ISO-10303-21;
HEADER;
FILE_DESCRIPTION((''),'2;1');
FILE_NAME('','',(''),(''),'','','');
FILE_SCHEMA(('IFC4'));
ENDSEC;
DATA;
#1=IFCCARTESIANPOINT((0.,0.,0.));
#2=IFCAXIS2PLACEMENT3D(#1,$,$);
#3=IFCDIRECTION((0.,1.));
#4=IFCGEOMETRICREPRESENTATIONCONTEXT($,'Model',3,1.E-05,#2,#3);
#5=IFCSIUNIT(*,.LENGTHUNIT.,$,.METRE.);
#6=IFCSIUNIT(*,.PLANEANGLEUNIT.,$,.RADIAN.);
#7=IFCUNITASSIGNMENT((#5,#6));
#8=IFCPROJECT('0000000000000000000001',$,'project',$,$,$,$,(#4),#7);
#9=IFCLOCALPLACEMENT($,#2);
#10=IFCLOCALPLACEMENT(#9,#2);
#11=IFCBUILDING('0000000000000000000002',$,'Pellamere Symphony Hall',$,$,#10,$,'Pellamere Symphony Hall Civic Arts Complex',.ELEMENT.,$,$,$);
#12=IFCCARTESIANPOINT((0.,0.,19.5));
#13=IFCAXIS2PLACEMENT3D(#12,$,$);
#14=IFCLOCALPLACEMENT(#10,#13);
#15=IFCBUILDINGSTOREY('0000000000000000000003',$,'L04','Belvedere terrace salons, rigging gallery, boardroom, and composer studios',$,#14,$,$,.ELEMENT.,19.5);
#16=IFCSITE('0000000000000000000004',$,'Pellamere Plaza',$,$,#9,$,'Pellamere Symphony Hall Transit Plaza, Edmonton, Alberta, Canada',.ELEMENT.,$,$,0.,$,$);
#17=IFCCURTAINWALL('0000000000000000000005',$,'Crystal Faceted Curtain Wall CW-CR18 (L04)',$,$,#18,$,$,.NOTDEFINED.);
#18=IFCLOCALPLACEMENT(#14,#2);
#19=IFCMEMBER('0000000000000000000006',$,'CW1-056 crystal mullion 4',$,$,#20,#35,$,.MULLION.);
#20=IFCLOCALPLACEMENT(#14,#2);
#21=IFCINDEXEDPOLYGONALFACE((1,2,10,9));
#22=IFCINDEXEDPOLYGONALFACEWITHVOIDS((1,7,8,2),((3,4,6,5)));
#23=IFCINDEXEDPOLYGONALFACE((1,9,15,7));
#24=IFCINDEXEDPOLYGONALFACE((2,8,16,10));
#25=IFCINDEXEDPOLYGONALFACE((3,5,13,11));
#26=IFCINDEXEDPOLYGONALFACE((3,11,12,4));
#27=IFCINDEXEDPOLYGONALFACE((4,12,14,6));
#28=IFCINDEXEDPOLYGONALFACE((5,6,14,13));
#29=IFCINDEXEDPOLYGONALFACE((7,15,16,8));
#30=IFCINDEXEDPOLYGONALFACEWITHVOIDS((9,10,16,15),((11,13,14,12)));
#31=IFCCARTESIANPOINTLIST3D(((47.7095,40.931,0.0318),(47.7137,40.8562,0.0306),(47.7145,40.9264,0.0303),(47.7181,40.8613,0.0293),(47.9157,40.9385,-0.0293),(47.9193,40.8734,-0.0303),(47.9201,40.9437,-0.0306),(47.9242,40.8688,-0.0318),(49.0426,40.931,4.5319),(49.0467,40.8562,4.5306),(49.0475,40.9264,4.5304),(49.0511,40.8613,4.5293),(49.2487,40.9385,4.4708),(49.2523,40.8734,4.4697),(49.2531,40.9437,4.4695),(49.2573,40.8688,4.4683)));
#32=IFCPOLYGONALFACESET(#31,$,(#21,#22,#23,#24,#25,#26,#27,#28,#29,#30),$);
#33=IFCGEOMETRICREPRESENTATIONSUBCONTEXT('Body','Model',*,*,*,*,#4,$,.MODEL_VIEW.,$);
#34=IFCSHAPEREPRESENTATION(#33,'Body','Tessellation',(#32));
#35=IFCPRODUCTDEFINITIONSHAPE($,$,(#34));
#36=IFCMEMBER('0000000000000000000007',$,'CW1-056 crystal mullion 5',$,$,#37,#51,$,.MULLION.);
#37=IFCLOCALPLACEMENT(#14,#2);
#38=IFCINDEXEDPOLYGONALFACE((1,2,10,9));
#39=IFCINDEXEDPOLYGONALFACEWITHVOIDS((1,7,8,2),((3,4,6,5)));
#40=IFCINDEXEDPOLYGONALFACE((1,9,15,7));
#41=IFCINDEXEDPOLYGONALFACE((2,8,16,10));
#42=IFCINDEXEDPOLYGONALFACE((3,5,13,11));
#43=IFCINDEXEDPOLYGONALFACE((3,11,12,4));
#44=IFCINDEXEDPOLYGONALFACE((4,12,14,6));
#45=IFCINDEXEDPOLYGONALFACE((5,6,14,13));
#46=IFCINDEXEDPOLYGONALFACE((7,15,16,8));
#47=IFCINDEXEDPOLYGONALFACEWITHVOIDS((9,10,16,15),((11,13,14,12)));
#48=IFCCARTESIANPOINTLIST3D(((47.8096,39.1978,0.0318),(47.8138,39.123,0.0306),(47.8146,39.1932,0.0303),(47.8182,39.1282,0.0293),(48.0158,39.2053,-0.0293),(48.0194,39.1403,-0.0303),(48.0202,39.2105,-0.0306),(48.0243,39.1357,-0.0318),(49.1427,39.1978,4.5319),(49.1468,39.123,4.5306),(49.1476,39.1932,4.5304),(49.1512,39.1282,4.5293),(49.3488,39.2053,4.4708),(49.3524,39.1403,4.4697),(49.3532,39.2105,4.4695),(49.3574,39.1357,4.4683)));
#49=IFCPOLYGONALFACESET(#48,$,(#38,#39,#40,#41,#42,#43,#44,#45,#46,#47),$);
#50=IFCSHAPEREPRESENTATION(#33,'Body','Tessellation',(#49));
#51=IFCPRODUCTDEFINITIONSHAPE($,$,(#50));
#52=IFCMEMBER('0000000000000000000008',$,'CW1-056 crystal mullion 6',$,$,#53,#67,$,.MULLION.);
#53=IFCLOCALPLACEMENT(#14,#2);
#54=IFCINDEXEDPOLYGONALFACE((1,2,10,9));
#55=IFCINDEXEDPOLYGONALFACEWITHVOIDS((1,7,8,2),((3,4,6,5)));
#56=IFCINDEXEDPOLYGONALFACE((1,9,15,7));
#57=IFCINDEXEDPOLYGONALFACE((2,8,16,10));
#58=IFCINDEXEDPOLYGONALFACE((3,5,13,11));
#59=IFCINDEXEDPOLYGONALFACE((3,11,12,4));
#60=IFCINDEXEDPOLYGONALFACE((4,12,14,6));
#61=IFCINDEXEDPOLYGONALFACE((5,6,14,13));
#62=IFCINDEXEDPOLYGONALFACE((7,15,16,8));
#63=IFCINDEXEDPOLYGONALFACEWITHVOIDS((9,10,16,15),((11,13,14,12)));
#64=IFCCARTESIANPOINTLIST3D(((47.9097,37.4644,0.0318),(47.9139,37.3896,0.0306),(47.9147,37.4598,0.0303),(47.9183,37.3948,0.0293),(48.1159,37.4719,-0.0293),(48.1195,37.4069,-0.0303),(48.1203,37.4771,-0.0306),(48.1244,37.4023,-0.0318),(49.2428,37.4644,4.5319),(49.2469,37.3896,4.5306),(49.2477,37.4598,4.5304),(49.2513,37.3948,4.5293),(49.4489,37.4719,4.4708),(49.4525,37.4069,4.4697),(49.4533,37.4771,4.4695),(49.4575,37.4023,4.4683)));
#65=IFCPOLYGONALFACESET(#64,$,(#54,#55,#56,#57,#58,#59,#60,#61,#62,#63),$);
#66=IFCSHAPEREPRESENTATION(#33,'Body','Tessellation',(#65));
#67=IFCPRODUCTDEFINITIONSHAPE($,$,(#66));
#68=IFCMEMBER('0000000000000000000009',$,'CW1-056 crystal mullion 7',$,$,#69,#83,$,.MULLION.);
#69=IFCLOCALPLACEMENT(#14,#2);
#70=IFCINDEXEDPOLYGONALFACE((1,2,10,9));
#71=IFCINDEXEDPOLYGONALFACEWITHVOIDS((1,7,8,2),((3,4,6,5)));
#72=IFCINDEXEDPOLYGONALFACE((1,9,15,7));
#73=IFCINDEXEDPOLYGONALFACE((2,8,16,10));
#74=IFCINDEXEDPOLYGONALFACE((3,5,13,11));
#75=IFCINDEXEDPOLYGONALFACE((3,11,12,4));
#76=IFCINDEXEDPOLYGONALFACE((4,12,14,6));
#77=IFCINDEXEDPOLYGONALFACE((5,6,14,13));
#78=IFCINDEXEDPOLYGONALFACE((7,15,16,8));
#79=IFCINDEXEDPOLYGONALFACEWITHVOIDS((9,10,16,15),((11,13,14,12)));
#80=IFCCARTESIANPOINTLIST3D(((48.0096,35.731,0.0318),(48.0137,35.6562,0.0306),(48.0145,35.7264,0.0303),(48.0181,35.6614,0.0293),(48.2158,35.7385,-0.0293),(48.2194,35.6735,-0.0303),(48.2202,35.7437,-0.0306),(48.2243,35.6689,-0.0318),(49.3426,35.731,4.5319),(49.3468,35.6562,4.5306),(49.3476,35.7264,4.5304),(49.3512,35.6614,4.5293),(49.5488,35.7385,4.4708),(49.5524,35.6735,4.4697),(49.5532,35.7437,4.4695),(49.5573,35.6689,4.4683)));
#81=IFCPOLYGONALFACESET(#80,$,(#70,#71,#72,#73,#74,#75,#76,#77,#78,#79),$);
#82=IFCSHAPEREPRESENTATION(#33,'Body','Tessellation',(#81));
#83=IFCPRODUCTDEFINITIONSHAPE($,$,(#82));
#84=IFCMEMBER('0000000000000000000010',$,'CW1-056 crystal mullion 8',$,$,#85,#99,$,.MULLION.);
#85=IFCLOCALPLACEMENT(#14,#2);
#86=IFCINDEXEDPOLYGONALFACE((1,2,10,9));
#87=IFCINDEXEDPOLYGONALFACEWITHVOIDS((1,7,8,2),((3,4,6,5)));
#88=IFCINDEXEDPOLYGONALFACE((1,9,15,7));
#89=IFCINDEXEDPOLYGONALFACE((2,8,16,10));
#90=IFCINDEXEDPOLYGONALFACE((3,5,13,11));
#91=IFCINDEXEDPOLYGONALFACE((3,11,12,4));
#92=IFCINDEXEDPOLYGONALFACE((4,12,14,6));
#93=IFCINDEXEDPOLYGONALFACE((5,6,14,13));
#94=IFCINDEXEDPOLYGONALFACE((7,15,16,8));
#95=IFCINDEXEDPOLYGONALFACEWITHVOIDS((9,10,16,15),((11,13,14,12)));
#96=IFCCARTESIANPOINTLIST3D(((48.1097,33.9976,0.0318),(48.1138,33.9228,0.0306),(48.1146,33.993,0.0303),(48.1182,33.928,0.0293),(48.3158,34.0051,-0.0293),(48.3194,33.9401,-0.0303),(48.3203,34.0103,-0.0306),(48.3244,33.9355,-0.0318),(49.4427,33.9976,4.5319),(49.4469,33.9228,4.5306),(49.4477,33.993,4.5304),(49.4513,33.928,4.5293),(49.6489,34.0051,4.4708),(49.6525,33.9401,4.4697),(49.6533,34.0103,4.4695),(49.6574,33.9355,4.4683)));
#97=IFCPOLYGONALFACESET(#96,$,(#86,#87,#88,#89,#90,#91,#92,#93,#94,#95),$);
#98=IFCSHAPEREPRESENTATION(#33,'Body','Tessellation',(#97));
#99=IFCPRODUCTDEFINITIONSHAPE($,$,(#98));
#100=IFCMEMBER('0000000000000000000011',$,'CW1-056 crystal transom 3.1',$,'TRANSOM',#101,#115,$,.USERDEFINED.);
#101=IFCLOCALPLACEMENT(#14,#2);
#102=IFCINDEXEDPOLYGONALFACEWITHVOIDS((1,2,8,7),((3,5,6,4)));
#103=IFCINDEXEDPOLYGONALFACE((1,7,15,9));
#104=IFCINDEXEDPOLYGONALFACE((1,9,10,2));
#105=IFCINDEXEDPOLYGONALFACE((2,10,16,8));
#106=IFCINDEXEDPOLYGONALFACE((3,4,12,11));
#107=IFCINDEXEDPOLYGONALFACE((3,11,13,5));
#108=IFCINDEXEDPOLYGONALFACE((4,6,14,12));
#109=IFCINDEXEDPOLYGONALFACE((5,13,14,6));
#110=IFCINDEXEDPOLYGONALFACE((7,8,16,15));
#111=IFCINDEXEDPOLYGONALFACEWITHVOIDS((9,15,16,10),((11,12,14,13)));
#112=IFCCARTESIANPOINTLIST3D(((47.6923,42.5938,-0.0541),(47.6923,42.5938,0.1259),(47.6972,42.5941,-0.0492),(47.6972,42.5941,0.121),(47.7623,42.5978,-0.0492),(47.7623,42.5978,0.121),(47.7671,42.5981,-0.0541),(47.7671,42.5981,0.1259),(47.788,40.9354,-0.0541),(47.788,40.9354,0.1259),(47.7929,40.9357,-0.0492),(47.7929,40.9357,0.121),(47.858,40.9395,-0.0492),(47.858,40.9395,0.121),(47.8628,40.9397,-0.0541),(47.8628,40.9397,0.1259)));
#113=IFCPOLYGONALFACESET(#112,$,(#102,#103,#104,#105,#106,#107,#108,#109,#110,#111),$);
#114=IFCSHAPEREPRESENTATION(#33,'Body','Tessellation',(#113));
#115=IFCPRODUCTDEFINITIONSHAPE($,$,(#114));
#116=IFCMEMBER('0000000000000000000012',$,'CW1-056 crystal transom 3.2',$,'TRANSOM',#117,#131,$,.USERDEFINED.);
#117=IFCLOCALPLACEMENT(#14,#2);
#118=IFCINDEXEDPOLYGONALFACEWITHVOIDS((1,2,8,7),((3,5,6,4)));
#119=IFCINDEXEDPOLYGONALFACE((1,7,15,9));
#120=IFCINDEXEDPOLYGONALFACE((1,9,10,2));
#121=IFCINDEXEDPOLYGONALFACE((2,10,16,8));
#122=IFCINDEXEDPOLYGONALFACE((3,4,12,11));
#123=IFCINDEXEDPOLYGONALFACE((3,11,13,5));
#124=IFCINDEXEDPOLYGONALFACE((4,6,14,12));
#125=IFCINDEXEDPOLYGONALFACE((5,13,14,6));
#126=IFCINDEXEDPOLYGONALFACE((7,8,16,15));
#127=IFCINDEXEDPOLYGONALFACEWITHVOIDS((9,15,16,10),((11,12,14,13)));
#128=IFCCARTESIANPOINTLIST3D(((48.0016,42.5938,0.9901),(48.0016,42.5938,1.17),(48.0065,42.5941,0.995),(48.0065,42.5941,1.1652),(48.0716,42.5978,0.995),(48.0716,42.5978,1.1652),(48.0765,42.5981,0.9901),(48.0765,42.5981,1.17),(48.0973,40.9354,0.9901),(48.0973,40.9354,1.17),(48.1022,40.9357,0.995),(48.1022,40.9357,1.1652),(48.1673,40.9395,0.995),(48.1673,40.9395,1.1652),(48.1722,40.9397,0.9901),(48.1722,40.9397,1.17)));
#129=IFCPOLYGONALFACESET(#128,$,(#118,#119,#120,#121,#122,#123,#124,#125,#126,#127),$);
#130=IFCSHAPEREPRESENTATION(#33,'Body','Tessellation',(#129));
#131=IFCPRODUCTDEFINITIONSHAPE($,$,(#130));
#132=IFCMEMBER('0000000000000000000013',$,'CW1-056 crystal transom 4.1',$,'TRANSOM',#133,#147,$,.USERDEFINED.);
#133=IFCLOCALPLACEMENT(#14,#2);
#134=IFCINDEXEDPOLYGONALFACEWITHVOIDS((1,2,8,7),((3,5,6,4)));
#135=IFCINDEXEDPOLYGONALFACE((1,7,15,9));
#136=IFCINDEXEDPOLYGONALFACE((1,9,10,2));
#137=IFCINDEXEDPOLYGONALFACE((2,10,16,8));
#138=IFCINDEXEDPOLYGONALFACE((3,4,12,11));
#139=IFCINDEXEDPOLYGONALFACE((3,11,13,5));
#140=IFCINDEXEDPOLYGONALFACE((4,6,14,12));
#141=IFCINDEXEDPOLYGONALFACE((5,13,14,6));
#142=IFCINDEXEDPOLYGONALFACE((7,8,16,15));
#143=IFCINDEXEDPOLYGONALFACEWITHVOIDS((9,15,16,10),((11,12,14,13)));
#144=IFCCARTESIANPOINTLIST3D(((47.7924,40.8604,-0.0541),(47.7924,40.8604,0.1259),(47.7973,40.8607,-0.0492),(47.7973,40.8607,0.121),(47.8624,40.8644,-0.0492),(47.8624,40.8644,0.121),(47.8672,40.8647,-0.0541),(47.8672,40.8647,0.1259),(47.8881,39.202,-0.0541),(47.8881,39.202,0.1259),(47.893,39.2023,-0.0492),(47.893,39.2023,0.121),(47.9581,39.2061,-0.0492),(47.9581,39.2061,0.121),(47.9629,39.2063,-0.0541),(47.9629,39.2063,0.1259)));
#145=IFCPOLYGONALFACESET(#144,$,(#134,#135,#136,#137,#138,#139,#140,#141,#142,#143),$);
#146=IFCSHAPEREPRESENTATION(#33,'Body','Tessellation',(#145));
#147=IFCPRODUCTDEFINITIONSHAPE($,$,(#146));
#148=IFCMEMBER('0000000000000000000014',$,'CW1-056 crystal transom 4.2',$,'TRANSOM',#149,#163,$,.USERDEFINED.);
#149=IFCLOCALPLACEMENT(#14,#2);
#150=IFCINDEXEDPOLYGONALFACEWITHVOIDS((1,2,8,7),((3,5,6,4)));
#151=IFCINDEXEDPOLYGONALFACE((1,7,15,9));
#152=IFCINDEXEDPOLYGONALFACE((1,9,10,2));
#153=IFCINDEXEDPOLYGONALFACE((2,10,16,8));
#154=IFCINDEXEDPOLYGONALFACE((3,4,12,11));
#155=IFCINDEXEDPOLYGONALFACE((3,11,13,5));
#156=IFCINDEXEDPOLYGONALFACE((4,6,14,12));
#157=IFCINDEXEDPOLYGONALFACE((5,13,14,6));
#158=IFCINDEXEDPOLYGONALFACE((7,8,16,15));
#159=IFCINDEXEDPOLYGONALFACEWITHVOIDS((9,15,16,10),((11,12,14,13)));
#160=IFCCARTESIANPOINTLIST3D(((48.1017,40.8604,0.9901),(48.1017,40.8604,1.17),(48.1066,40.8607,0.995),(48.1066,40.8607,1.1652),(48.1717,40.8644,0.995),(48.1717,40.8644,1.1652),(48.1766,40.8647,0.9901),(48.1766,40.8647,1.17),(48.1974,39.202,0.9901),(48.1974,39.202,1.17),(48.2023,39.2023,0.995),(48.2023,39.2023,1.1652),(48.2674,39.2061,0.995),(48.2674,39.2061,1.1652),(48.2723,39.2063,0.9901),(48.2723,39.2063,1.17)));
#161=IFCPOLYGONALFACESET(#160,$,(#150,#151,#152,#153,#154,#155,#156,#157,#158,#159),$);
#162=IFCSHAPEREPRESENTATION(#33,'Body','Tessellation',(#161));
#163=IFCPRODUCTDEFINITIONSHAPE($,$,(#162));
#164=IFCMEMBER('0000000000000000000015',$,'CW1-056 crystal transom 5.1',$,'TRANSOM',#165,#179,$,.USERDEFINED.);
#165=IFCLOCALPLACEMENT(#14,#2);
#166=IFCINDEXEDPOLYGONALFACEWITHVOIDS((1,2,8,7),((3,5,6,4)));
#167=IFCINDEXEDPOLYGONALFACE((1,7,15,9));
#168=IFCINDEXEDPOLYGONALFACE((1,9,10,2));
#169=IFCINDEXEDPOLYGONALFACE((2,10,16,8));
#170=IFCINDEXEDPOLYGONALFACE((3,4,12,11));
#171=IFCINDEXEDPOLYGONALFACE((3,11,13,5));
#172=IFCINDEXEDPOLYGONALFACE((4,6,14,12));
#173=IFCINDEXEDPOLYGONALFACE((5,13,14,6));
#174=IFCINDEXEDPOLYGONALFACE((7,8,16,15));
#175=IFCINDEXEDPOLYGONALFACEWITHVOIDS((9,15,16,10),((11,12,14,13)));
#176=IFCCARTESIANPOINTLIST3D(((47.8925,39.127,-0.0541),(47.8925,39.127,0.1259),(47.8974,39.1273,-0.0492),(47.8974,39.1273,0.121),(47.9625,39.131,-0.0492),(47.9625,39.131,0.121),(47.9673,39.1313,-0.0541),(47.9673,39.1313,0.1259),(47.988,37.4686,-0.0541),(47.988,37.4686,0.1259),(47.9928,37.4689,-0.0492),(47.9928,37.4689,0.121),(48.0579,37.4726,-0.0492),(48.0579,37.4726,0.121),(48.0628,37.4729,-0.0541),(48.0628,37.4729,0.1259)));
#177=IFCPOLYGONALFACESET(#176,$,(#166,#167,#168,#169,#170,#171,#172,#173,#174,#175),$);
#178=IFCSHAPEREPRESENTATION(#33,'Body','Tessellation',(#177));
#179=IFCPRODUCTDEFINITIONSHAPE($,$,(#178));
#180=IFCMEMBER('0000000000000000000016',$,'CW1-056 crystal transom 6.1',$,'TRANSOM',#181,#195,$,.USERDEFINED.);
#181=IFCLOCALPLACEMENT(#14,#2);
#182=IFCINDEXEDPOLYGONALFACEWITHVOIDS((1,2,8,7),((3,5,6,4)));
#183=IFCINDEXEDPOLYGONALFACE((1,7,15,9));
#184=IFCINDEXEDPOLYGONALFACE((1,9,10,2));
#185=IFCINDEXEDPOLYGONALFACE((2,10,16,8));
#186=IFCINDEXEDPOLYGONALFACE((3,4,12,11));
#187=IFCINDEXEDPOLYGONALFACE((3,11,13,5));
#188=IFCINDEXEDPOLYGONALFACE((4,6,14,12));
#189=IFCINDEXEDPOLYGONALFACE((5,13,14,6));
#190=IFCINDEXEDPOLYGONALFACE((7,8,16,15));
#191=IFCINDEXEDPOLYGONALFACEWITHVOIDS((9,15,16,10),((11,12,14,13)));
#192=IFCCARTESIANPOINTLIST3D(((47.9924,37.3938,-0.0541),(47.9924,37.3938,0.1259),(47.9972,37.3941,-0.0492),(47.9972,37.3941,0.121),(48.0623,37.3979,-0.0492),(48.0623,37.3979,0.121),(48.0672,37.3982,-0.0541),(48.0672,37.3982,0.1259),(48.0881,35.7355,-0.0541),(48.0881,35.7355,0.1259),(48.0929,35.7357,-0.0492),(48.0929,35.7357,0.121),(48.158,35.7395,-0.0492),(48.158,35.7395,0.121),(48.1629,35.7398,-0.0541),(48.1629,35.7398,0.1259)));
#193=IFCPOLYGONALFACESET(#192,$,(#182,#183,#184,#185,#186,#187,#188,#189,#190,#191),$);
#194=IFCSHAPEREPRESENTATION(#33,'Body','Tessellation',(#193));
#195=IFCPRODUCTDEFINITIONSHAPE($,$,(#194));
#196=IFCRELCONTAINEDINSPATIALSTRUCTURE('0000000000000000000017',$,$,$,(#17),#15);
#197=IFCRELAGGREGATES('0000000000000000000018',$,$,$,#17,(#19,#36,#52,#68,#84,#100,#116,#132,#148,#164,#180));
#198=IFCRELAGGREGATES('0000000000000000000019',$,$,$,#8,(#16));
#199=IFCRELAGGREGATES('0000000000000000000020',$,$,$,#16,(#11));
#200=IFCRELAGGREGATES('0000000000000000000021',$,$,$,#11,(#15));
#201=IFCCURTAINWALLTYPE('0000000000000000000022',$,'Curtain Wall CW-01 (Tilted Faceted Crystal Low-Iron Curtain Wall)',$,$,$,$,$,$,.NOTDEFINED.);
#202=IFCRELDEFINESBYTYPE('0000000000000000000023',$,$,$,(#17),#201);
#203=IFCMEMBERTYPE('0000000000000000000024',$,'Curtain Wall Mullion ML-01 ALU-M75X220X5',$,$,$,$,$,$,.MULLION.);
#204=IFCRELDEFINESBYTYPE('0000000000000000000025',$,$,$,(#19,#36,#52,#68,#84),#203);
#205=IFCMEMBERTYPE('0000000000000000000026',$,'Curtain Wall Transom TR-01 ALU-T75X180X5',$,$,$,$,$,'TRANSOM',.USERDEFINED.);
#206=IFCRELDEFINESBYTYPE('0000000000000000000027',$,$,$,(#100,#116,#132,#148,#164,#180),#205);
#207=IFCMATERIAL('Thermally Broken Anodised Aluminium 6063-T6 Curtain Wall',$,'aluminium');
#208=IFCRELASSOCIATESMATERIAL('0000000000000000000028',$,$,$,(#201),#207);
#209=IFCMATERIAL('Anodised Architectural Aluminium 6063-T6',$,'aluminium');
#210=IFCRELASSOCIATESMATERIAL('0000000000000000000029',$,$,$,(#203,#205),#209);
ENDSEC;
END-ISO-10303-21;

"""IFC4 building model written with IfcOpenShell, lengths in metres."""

from ifc_helpers import new_model, si_unit, direction, frame, origin, origin_2d, place, context, subcontext, project, spatial, hollow_rectangle, extrude, material, material_profile, profile_set, type_object, element, aggregate, save


model = new_model("IFC4")

# Units and contexts
model_context = context("Model", 3, precision=1e-05, world=origin(), true_north=direction((0.0, 1.0)))
body_context = subcontext(model_context, "Body", "Model", "MODEL_VIEW")
ifc_project = project(units=[si_unit("LENGTHUNIT", "METRE"), si_unit("PLANEANGLEUNIT", "RADIAN")], contexts=[model_context])

# Site, building, storey
site_placement = place(None, origin())
site = spatial("IfcSite", under=ifc_project, at=site_placement, Name="Pellamere Plaza", LongName="Pellamere Symphony Hall Transit Plaza, Edmonton, Alberta, Canada", CompositionType="ELEMENT", RefElevation=0.0)
building_placement = place(site_placement, origin())
building = spatial("IfcBuilding", under=site, at=building_placement, Name="Pellamere Symphony Hall", LongName="Pellamere Symphony Hall Civic Arts Complex", CompositionType="ELEMENT")
storey_placement = place(building_placement, frame((0.0, 0.0, 19.5)))
storey = spatial("IfcBuildingStorey", under=building, at=storey_placement, Name="L04", Description="Belvedere terrace salons, rigging gallery, boardroom, and composer studios", CompositionType="ELEMENT", Elevation=19.5)

# Curtain wall, members
ifc_material_1 = material(Name="Thermally Broken Anodised Aluminium 6063-T6 Curtain Wall", Category="aluminium")
curtain_wall_type = type_object("IfcCurtainWallType", Name="Curtain Wall CW-01 (Tilted Faceted Crystal Low-Iron Curtain Wall)", PredefinedType="NOTDEFINED", material=ifc_material_1)
curtain_wall_placement = place(storey_placement, origin())
curtain_wall = element("IfcCurtainWall", 1, at=curtain_wall_placement, inside=storey, type_object=curtain_wall_type, Name="Crystal Faceted Curtain Wall CW-CR18 (L04)", PredefinedType="NOTDEFINED")
ifc_material_2 = material(Name="Anodised Architectural Aluminium 6063-T6", Category="aluminium")
ifc_material_profile_1 = material_profile(ifc_material_2, hollow_rectangle(XDim=0.075, YDim=0.22, WallThickness=0.0049, at=origin_2d()), Name="ALU-M75X220X5")
ifc_profile_set_1 = profile_set([ifc_material_profile_1], Name="Anodised Architectural Aluminium 6063-T6")
member_type_1 = type_object("IfcMemberType", Name="Curtain Wall Mullion ML-01 ALU-M75X220X5", PredefinedType="MULLION", material=ifc_profile_set_1)
member_1_placement = place(storey_placement, frame((47.8169, 40.8999, 0.0), z_axis=(0.284025, 0.0, 0.958817), x_axis=(-0.055225, 0.99834, 0.016359)))
member_1 = element("IfcMember", 2, at=member_1_placement, type_object=member_type_1, Name="CW1-056 crystal mullion 4", PredefinedType="MULLION", context=body_context, shape_type="SweptSolid", body=[
    extrude(hollow_rectangle(XDim=0.075, YDim=0.22, WallThickness=0.0049, at=origin_2d()), origin(), (0.0, 0.0, 1.0), 4.6934),
])
member_2_placement = place(storey_placement, frame((47.917, 39.1667, 0.0), z_axis=(0.284025, 0.0, 0.958817), x_axis=(-0.055225, 0.99834, 0.016359)))
member_2 = element("IfcMember", 3, at=member_2_placement, type_object=member_type_1, Name="CW1-056 crystal mullion 5", PredefinedType="MULLION", context=body_context, shape_type="SweptSolid", body=[
    extrude(hollow_rectangle(XDim=0.075, YDim=0.22, WallThickness=0.0049, at=origin_2d()), origin(), (0.0, 0.0, 1.0), 4.6934),
])
member_3_placement = place(storey_placement, frame((48.0171, 37.4333, 0.0), z_axis=(0.284025, 0.0, 0.958817), x_axis=(-0.055225, 0.99834, 0.016359)))
member_3 = element("IfcMember", 4, at=member_3_placement, type_object=member_type_1, Name="CW1-056 crystal mullion 6", PredefinedType="MULLION", context=body_context, shape_type="SweptSolid", body=[
    extrude(hollow_rectangle(XDim=0.075, YDim=0.22, WallThickness=0.0049, at=origin_2d()), origin(), (0.0, 0.0, 1.0), 4.6934),
])
member_4_placement = place(storey_placement, frame((48.1169, 35.7, 0.0), z_axis=(0.284025, 0.0, 0.958817), x_axis=(-0.055225, 0.99834, 0.016359)))
member_4 = element("IfcMember", 5, at=member_4_placement, type_object=member_type_1, Name="CW1-056 crystal mullion 7", PredefinedType="MULLION", context=body_context, shape_type="SweptSolid", body=[
    extrude(hollow_rectangle(XDim=0.075, YDim=0.22, WallThickness=0.0049, at=origin_2d()), origin(), (0.0, 0.0, 1.0), 4.6934),
])
member_5_placement = place(storey_placement, frame((48.217, 33.9666, 0.0), z_axis=(0.284025, 0.0, 0.958817), x_axis=(-0.055225, 0.99834, 0.016359)))
member_5 = element("IfcMember", 6, at=member_5_placement, type_object=member_type_1, Name="CW1-056 crystal mullion 8", PredefinedType="MULLION", context=body_context, shape_type="SweptSolid", body=[
    extrude(hollow_rectangle(XDim=0.075, YDim=0.22, WallThickness=0.0049, at=origin_2d()), origin(), (0.0, 0.0, 1.0), 4.6934),
])
ifc_material_profile_2 = material_profile(ifc_material_2, hollow_rectangle(XDim=0.075, YDim=0.1799, WallThickness=0.0049, at=origin_2d()), Name="ALU-T75X180X5")
ifc_profile_set_2 = profile_set([ifc_material_profile_2], Name="Anodised Architectural Aluminium 6063-T6")
member_type_2 = type_object("IfcMemberType", Name="Curtain Wall Transom TR-01 ALU-T75X180X5", ElementType="TRANSOM", PredefinedType="USERDEFINED", material=ifc_profile_set_2)
member_6_placement = place(storey_placement, frame((47.7297, 42.5959, 0.0359), z_axis=(0.057611, -0.998339, 0.0), x_axis=(0.998339, 0.057611, 0.0)))
member_6 = element("IfcMember", 7, at=member_6_placement, type_object=member_type_2, Name="CW1-056 crystal transom 3.1", ObjectType="TRANSOM", PredefinedType="USERDEFINED", context=body_context, shape_type="SweptSolid", body=[
    extrude(hollow_rectangle(XDim=0.075, YDim=0.1799, WallThickness=0.0049, at=origin_2d()), origin(), (0.0, 0.0, 1.0), 1.6611),
])
member_7_placement = place(storey_placement, frame((48.0391, 42.5959, 1.0801), z_axis=(0.057611, -0.998339, 0.0), x_axis=(0.998339, 0.057611, 0.0)))
member_7 = element("IfcMember", 8, at=member_7_placement, type_object=member_type_2, Name="CW1-056 crystal transom 3.2", ObjectType="TRANSOM", PredefinedType="USERDEFINED", context=body_context, shape_type="SweptSolid", body=[
    extrude(hollow_rectangle(XDim=0.075, YDim=0.1799, WallThickness=0.0049, at=origin_2d()), origin(), (0.0, 0.0, 1.0), 1.6611),
])
member_8_placement = place(storey_placement, frame((47.8298, 40.8625, 0.0359), z_axis=(0.057611, -0.998339, 0.0), x_axis=(0.998339, 0.057611, 0.0)))
member_8 = element("IfcMember", 9, at=member_8_placement, type_object=member_type_2, Name="CW1-056 crystal transom 4.1", ObjectType="TRANSOM", PredefinedType="USERDEFINED", context=body_context, shape_type="SweptSolid", body=[
    extrude(hollow_rectangle(XDim=0.075, YDim=0.1799, WallThickness=0.0049, at=origin_2d()), origin(), (0.0, 0.0, 1.0), 1.6611),
])
member_9_placement = place(storey_placement, frame((48.1392, 40.8625, 1.0801), z_axis=(0.057611, -0.998339, 0.0), x_axis=(0.998339, 0.057611, 0.0)))
member_9 = element("IfcMember", 10, at=member_9_placement, type_object=member_type_2, Name="CW1-056 crystal transom 4.2", ObjectType="TRANSOM", PredefinedType="USERDEFINED", context=body_context, shape_type="SweptSolid", body=[
    extrude(hollow_rectangle(XDim=0.075, YDim=0.1799, WallThickness=0.0049, at=origin_2d()), origin(), (0.0, 0.0, 1.0), 1.6611),
])
member_10_placement = place(storey_placement, frame((47.9299, 39.1292, 0.0359), z_axis=(0.057464, -0.998348, 0.0), x_axis=(0.998348, 0.057464, 0.0)))
member_10 = element("IfcMember", 11, at=member_10_placement, type_object=member_type_2, Name="CW1-056 crystal transom 5.1", ObjectType="TRANSOM", PredefinedType="USERDEFINED", context=body_context, shape_type="SweptSolid", body=[
    extrude(hollow_rectangle(XDim=0.075, YDim=0.1799, WallThickness=0.0049, at=origin_2d()), origin(), (0.0, 0.0, 1.0), 1.6611),
])
member_11_placement = place(storey_placement, frame((48.0298, 37.396, 0.0359), z_axis=(0.057611, -0.998339, 0.0), x_axis=(0.998339, 0.057611, 0.0)))
member_11 = element("IfcMember", 12, at=member_11_placement, type_object=member_type_2, Name="CW1-056 crystal transom 6.1", ObjectType="TRANSOM", PredefinedType="USERDEFINED", context=body_context, shape_type="SweptSolid", body=[
    extrude(hollow_rectangle(XDim=0.075, YDim=0.1799, WallThickness=0.0049, at=origin_2d()), origin(), (0.0, 0.0, 1.0), 1.6611),
])
aggregate(curtain_wall, [member_1, member_2, member_3, member_4, member_5, member_6, member_7, member_8, member_9, member_10, member_11])

save(model, "model.ifc")
